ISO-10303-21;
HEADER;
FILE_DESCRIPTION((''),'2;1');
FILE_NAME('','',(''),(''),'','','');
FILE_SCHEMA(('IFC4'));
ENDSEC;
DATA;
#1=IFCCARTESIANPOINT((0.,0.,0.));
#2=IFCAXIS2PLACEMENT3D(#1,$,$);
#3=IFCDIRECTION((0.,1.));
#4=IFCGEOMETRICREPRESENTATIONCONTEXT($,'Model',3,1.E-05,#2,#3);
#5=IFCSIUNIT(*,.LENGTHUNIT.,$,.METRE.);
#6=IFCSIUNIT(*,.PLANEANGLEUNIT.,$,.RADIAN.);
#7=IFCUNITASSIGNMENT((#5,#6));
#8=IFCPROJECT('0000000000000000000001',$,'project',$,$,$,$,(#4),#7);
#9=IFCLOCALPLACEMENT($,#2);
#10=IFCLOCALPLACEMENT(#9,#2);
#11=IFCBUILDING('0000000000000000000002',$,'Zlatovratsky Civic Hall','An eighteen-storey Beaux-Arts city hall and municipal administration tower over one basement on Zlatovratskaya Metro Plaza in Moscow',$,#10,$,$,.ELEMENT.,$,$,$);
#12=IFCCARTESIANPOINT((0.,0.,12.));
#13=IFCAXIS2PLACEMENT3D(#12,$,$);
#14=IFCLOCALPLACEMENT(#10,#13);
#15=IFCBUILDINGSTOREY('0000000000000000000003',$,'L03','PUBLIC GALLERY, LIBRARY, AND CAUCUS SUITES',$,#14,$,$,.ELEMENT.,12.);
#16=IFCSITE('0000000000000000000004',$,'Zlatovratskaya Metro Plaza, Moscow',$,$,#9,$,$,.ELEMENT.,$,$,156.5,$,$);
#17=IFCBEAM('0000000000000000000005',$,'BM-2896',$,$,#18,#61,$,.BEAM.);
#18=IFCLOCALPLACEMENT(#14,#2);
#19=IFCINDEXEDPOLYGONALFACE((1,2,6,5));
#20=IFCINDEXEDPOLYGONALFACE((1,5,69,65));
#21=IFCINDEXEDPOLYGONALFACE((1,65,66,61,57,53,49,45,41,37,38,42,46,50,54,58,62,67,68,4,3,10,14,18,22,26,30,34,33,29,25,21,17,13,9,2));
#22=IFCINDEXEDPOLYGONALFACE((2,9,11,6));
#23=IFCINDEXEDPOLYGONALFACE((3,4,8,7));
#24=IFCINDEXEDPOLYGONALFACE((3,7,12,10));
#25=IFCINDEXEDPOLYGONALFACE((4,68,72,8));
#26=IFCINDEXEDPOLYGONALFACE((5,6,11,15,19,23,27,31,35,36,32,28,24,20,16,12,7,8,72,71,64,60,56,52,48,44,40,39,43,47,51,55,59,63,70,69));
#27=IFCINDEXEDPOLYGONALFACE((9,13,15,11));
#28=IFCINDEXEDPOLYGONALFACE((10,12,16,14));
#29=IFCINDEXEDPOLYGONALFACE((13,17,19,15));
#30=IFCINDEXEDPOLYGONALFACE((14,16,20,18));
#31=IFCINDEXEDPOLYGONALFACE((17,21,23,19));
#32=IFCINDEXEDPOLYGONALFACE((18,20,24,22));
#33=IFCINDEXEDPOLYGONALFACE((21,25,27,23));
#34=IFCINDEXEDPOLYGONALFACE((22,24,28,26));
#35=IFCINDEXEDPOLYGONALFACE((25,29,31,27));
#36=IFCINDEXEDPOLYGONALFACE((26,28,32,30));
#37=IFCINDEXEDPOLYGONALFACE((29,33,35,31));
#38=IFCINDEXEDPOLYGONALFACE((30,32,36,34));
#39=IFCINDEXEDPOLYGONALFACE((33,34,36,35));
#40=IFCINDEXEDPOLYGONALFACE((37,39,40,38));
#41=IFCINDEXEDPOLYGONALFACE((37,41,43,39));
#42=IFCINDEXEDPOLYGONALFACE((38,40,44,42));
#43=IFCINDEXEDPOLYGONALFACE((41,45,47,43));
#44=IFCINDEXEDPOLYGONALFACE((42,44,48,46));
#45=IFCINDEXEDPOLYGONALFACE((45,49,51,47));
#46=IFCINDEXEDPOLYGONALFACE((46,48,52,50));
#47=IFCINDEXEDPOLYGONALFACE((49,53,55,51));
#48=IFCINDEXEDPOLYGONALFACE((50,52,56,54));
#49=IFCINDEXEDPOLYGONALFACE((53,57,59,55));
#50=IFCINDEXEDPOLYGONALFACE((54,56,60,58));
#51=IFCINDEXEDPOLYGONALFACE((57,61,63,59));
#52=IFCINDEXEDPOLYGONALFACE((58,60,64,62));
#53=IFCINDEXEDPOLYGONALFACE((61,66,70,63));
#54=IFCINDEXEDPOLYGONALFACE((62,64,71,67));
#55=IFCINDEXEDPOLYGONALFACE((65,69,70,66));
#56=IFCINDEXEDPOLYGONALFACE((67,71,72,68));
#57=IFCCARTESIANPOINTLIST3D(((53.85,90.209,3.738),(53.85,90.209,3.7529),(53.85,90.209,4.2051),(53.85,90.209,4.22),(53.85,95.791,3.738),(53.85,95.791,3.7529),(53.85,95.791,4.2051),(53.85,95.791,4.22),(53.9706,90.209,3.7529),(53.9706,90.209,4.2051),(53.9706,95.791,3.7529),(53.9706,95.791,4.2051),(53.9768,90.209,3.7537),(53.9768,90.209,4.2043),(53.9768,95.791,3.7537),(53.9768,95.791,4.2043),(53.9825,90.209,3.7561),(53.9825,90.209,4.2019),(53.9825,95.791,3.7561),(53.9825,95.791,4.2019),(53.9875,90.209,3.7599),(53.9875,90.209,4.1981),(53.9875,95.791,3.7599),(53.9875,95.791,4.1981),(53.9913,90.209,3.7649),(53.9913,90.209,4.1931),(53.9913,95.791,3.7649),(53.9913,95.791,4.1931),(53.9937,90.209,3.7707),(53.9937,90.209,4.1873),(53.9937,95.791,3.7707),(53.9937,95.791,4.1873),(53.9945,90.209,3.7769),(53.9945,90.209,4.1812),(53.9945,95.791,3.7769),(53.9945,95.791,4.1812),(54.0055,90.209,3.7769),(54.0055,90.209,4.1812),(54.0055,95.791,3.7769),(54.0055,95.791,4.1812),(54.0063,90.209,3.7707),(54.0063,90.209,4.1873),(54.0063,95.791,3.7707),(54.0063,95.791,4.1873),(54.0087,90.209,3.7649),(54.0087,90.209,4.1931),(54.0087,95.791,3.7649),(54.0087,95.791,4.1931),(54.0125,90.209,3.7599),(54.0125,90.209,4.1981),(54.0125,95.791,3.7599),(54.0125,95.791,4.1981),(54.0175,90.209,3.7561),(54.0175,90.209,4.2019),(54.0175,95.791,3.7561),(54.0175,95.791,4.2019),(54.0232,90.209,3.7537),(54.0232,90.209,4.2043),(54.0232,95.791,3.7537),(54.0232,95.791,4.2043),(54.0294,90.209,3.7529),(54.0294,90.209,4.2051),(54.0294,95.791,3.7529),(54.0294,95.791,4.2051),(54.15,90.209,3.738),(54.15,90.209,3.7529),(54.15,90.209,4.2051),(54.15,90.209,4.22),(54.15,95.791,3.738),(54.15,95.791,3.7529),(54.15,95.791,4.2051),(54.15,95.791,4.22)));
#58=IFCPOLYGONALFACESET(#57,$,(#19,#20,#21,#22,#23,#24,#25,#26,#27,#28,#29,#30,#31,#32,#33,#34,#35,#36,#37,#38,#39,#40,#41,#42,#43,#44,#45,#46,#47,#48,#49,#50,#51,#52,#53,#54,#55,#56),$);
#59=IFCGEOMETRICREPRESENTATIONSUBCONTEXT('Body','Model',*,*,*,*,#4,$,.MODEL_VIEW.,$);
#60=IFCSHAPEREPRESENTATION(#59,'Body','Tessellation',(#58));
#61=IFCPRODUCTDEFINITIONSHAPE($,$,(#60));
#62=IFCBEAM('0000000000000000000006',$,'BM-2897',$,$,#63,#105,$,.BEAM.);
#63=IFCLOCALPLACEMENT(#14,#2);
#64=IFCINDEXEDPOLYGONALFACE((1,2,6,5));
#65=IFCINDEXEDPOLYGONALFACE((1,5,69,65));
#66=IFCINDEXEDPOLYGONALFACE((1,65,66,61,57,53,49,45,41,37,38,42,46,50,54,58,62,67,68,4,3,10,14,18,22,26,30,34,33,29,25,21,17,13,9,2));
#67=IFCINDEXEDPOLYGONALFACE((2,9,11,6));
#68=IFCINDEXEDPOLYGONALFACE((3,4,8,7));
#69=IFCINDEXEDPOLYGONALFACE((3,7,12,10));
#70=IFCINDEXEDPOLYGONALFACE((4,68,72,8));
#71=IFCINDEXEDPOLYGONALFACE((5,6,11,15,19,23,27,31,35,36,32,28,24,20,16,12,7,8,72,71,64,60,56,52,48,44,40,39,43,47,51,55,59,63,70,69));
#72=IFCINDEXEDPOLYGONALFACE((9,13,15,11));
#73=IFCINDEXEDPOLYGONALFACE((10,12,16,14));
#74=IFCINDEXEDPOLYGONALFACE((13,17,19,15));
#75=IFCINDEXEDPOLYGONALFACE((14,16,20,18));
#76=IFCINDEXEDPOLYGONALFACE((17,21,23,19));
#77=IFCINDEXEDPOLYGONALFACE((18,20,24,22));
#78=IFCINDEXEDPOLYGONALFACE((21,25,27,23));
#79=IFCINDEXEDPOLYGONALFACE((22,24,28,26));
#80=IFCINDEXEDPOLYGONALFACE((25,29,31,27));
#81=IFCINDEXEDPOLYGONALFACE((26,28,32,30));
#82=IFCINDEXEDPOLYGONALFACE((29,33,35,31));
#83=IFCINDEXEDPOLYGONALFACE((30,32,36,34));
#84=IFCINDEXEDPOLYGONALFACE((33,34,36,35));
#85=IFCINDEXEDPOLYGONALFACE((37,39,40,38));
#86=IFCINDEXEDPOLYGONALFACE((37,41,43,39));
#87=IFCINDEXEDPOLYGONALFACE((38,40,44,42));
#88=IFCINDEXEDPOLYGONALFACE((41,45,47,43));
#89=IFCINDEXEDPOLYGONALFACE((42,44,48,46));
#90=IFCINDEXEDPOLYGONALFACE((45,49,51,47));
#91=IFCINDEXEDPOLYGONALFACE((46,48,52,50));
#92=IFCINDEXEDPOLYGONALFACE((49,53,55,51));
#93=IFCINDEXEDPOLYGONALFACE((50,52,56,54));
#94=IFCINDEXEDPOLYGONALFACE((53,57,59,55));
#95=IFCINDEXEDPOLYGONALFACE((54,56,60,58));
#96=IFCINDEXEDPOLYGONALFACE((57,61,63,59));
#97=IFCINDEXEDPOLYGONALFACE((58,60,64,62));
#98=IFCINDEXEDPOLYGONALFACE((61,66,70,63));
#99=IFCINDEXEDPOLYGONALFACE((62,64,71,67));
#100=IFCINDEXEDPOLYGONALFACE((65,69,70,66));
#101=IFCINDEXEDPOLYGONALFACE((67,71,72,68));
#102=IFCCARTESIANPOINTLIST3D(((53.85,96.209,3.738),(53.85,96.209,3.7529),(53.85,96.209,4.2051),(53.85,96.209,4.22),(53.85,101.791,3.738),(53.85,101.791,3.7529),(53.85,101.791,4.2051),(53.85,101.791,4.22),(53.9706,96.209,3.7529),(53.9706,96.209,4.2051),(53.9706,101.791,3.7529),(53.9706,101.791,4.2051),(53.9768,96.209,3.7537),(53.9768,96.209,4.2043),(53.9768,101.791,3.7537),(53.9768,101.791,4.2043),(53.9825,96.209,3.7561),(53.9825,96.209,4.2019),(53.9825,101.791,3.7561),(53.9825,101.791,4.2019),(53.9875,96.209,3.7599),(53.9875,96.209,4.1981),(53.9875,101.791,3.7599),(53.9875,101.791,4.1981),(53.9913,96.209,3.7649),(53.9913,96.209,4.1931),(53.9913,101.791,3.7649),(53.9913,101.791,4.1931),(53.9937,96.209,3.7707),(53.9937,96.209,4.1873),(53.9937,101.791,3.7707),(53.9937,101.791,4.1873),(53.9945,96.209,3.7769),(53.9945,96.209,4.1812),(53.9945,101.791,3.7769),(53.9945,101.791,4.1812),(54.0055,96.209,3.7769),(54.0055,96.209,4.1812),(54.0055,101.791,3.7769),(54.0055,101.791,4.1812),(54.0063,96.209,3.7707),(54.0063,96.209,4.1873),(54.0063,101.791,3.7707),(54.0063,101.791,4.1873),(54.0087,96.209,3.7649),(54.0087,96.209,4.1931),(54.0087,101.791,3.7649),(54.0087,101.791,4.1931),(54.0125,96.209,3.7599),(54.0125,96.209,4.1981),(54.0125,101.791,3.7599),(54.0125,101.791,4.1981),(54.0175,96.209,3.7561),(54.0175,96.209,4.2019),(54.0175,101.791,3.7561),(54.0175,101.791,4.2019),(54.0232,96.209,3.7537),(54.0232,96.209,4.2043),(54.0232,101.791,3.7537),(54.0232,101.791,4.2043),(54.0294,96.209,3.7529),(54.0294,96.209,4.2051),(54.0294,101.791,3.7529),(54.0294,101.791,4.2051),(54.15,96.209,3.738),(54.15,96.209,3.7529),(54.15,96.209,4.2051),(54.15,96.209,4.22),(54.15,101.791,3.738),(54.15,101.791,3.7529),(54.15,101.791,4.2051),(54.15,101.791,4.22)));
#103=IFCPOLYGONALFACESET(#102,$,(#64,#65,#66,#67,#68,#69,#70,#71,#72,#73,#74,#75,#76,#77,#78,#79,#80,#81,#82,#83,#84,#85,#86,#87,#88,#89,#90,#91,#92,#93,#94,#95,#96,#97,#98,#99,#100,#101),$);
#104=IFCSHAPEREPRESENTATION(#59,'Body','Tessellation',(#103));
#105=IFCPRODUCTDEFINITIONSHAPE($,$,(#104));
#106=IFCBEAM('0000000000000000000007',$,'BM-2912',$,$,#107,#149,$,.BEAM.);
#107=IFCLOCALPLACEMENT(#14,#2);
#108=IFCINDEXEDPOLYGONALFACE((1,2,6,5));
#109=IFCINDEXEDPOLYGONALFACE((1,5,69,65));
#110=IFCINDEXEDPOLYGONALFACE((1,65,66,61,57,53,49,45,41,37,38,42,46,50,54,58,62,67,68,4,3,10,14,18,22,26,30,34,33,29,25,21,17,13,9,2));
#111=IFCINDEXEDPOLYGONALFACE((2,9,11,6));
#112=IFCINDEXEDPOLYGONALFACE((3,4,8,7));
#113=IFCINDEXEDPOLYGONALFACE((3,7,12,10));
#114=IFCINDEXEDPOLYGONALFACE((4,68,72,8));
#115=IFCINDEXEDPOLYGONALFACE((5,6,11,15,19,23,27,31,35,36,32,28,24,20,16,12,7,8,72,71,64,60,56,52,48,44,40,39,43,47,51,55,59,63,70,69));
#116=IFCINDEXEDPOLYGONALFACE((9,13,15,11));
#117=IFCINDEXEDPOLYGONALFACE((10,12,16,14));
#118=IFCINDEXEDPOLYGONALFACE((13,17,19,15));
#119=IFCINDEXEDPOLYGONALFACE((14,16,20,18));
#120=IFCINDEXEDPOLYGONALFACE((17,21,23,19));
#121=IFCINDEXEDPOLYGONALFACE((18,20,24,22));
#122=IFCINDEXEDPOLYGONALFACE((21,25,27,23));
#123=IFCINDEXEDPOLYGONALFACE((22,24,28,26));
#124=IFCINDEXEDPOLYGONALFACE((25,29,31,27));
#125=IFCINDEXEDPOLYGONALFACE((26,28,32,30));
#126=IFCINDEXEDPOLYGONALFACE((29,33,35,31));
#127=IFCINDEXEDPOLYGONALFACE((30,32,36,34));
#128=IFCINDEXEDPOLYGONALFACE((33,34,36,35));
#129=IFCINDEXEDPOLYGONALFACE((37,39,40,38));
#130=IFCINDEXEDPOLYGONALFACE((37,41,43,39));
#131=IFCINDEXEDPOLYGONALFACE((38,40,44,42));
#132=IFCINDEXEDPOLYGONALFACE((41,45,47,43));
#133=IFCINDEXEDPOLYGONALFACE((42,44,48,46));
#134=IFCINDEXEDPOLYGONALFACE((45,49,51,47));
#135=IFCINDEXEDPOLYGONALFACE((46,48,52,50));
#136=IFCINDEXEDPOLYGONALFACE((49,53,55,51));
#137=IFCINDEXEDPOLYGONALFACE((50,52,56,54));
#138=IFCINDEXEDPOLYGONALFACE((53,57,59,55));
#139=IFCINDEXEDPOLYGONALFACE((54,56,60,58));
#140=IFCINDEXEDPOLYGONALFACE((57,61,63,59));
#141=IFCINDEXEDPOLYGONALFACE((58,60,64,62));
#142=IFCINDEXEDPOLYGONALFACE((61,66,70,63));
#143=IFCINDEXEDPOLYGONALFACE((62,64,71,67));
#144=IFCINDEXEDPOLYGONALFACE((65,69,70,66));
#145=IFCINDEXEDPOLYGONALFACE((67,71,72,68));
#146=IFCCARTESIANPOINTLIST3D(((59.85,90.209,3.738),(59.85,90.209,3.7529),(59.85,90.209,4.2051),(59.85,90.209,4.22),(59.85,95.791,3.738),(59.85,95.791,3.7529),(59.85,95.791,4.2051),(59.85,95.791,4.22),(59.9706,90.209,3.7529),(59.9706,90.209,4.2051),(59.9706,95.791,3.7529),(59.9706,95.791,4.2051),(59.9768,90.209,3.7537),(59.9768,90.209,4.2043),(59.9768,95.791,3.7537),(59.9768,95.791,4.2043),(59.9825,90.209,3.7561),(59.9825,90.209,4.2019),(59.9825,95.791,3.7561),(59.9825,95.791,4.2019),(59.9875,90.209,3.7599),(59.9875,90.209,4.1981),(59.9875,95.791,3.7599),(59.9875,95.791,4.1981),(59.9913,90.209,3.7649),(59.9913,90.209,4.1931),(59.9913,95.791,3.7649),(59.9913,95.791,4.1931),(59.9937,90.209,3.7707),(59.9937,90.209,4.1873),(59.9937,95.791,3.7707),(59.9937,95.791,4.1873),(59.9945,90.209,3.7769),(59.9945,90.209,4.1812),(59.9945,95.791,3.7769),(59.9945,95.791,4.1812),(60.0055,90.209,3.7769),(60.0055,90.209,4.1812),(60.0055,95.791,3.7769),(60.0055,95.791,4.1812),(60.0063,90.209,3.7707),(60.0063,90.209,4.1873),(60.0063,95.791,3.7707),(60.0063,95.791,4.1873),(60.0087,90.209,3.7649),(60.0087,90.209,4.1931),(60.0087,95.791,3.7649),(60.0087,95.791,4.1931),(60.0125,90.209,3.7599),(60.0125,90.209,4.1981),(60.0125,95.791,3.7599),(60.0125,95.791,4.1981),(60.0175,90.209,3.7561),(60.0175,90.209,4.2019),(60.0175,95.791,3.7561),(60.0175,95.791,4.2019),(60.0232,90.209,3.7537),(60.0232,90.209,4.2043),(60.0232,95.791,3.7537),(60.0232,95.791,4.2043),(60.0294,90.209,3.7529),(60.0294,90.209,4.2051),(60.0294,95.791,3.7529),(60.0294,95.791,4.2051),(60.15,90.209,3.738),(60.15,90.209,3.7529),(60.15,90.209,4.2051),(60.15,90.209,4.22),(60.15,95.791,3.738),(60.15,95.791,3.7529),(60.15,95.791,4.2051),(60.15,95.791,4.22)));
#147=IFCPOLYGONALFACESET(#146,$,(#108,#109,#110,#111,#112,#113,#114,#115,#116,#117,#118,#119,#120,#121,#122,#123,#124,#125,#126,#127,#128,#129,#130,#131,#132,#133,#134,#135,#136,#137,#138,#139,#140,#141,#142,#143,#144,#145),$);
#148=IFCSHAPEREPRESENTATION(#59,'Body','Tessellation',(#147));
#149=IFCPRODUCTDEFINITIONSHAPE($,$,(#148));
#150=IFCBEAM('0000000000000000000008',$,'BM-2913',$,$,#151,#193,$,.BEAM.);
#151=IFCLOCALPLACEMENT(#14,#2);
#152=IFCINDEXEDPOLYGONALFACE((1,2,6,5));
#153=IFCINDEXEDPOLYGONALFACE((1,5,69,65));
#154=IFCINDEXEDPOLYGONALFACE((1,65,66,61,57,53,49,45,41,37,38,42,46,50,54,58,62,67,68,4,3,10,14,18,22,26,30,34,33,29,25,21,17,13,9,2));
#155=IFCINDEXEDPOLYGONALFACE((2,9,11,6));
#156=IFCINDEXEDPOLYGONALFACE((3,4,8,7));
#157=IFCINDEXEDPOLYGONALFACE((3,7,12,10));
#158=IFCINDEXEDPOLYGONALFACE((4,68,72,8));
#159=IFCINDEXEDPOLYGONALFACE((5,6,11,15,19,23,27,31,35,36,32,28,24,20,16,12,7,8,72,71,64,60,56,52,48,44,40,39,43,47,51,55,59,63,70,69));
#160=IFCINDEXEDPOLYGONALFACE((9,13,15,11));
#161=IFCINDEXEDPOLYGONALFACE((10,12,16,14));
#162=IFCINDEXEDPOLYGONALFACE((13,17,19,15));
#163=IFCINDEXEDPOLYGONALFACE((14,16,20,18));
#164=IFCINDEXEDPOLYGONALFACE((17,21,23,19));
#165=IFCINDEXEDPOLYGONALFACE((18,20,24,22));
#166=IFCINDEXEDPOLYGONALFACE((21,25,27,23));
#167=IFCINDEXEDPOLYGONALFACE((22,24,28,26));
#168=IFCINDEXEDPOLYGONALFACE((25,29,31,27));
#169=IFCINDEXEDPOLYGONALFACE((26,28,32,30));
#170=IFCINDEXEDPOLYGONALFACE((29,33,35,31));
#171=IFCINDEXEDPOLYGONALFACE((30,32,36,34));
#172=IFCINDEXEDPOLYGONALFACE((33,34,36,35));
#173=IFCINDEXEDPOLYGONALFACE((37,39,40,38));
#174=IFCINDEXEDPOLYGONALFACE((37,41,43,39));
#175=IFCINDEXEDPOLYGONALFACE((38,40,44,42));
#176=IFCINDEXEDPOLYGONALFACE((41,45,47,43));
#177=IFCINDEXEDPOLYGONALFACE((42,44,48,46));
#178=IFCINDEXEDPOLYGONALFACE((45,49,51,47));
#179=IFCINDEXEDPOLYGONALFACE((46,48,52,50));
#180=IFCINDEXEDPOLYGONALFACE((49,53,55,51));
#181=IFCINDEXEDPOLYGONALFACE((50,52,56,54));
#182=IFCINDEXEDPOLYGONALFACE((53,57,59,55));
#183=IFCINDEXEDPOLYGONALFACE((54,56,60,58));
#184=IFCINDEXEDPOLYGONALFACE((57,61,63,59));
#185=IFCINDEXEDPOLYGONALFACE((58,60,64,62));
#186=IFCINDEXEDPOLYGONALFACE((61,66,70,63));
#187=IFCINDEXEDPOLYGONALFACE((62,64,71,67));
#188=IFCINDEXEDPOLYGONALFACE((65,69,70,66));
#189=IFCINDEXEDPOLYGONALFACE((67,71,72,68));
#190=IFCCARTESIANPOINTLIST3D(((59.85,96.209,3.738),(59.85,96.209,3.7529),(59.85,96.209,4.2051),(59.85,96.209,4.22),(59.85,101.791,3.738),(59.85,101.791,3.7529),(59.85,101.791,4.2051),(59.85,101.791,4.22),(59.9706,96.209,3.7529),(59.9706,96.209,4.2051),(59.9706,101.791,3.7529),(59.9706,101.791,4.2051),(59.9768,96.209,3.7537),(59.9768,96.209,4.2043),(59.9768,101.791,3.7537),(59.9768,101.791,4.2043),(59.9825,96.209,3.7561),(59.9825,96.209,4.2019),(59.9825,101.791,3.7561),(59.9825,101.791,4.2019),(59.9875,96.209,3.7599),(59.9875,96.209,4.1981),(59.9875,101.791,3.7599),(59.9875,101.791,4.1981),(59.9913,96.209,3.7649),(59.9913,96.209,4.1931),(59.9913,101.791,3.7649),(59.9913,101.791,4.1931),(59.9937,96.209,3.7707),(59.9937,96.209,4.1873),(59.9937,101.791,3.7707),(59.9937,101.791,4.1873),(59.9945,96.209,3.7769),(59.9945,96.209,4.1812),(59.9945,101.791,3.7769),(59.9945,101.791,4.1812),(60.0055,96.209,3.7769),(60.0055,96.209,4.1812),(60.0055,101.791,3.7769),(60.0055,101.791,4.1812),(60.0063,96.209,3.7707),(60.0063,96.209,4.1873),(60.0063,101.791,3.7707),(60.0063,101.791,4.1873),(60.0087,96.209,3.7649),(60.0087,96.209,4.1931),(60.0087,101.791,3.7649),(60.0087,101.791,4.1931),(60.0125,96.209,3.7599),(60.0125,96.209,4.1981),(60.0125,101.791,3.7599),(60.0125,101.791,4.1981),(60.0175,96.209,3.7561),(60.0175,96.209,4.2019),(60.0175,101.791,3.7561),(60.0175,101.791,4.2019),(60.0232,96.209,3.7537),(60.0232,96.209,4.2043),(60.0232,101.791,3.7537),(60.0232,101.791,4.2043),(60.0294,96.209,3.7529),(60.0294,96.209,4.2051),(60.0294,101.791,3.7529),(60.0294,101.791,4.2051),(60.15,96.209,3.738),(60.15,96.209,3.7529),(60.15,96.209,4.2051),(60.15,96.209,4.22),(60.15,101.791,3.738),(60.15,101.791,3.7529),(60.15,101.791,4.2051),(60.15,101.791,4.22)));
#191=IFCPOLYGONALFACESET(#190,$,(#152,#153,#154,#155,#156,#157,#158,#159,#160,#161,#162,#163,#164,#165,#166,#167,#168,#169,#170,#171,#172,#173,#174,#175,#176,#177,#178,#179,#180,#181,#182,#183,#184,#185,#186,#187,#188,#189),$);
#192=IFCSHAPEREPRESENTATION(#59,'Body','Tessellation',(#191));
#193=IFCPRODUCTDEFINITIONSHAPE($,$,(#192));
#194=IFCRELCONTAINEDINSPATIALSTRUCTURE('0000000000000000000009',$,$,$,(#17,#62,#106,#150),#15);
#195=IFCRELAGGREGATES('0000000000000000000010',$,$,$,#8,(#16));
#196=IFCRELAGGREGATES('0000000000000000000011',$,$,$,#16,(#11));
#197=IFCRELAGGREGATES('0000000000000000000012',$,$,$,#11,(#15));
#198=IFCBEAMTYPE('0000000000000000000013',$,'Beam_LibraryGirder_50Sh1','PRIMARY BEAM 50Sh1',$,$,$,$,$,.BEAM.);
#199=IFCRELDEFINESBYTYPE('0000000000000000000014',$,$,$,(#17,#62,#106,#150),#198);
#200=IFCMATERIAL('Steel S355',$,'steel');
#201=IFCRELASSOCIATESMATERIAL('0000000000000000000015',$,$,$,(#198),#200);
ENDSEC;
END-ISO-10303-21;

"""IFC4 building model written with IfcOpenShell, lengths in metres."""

from ifc_helpers import new_model, si_unit, direction, frame, origin, origin_2d, place, context, subcontext, project, spatial, i_section, extrude, material, material_profile, profile_set, type_object, element, save


model = new_model("IFC4")

# Units and contexts
model_context = context("Model", 3, precision=1e-05, world=origin(), true_north=direction((0.0, 1.0)))
body_context = subcontext(model_context, "Body", "Model", "MODEL_VIEW")
ifc_project = project(units=[si_unit("LENGTHUNIT", "METRE"), si_unit("PLANEANGLEUNIT", "RADIAN")], contexts=[model_context])

# Site, building, storey
site_placement = place(None, origin())
site = spatial("IfcSite", under=ifc_project, at=site_placement, Name="Zlatovratskaya Metro Plaza, Moscow", CompositionType="ELEMENT", RefElevation=156.5)
building_placement = place(site_placement, origin())
building = spatial("IfcBuilding", under=site, at=building_placement, Name="Zlatovratsky Civic Hall", Description="An eighteen-storey Beaux-Arts city hall and municipal administration tower over one basement on Zlatovratskaya Metro Plaza in Moscow", CompositionType="ELEMENT")
storey_placement = place(building_placement, frame((0.0, 0.0, 12.0)))
storey = spatial("IfcBuildingStorey", under=building, at=storey_placement, Name="L03", Description="PUBLIC GALLERY, LIBRARY, AND CAUCUS SUITES", CompositionType="ELEMENT", Elevation=12.0)

# Shared definitions
ifc_material_1 = material(Name="Steel S355", Category="steel")

# Beams
ifc_material_profile_1 = material_profile(ifc_material_1, i_section(OverallWidth=0.3, OverallDepth=0.4819, WebThickness=0.011, FlangeThickness=0.0149, FilletRadius=0.0239, at=origin_2d()), Name="50Sh1")
ifc_profile_set_1 = profile_set([ifc_material_profile_1], Name="Steel S355")
beam_type_1 = type_object("IfcBeamType", Name="Beam_LibraryGirder_50Sh1", Description="PRIMARY BEAM 50Sh1", PredefinedType="BEAM", material=ifc_profile_set_1)
for number, where, z_axis, x_axis, name in (
    (1, (54.0, 90.209, 3.979), (0.0, 1.0, 0.0), (-1.0, 0.0, 0.0), "BM-2896"),
    (2, (54.0, 96.209, 3.979), (0.0, 1.0, 0.0), (-1.0, 0.0, 0.0), "BM-2897"),
    (3, (60.0, 90.209, 3.979), (0.0, 1.0, 0.0), (-1.0, 0.0, 0.0), "BM-2912"),
    (4, (60.0, 96.209, 3.979), (0.0, 1.0, 0.0), (-1.0, 0.0, 0.0), "BM-2913"),
):
    element("IfcBeam", number, at=place(storey_placement, frame(where, z_axis=z_axis, x_axis=x_axis)), inside=storey, type_object=beam_type_1, Name=name, PredefinedType="BEAM", context=body_context, shape_type="SweptSolid", body=[
        extrude(i_section(OverallWidth=0.3, OverallDepth=0.4819, WebThickness=0.011, FlangeThickness=0.0149, FilletRadius=0.0239, at=origin_2d()), origin(), (0.0, 0.0, 1.0), 5.582),
    ])

save(model, "model.ifc")
